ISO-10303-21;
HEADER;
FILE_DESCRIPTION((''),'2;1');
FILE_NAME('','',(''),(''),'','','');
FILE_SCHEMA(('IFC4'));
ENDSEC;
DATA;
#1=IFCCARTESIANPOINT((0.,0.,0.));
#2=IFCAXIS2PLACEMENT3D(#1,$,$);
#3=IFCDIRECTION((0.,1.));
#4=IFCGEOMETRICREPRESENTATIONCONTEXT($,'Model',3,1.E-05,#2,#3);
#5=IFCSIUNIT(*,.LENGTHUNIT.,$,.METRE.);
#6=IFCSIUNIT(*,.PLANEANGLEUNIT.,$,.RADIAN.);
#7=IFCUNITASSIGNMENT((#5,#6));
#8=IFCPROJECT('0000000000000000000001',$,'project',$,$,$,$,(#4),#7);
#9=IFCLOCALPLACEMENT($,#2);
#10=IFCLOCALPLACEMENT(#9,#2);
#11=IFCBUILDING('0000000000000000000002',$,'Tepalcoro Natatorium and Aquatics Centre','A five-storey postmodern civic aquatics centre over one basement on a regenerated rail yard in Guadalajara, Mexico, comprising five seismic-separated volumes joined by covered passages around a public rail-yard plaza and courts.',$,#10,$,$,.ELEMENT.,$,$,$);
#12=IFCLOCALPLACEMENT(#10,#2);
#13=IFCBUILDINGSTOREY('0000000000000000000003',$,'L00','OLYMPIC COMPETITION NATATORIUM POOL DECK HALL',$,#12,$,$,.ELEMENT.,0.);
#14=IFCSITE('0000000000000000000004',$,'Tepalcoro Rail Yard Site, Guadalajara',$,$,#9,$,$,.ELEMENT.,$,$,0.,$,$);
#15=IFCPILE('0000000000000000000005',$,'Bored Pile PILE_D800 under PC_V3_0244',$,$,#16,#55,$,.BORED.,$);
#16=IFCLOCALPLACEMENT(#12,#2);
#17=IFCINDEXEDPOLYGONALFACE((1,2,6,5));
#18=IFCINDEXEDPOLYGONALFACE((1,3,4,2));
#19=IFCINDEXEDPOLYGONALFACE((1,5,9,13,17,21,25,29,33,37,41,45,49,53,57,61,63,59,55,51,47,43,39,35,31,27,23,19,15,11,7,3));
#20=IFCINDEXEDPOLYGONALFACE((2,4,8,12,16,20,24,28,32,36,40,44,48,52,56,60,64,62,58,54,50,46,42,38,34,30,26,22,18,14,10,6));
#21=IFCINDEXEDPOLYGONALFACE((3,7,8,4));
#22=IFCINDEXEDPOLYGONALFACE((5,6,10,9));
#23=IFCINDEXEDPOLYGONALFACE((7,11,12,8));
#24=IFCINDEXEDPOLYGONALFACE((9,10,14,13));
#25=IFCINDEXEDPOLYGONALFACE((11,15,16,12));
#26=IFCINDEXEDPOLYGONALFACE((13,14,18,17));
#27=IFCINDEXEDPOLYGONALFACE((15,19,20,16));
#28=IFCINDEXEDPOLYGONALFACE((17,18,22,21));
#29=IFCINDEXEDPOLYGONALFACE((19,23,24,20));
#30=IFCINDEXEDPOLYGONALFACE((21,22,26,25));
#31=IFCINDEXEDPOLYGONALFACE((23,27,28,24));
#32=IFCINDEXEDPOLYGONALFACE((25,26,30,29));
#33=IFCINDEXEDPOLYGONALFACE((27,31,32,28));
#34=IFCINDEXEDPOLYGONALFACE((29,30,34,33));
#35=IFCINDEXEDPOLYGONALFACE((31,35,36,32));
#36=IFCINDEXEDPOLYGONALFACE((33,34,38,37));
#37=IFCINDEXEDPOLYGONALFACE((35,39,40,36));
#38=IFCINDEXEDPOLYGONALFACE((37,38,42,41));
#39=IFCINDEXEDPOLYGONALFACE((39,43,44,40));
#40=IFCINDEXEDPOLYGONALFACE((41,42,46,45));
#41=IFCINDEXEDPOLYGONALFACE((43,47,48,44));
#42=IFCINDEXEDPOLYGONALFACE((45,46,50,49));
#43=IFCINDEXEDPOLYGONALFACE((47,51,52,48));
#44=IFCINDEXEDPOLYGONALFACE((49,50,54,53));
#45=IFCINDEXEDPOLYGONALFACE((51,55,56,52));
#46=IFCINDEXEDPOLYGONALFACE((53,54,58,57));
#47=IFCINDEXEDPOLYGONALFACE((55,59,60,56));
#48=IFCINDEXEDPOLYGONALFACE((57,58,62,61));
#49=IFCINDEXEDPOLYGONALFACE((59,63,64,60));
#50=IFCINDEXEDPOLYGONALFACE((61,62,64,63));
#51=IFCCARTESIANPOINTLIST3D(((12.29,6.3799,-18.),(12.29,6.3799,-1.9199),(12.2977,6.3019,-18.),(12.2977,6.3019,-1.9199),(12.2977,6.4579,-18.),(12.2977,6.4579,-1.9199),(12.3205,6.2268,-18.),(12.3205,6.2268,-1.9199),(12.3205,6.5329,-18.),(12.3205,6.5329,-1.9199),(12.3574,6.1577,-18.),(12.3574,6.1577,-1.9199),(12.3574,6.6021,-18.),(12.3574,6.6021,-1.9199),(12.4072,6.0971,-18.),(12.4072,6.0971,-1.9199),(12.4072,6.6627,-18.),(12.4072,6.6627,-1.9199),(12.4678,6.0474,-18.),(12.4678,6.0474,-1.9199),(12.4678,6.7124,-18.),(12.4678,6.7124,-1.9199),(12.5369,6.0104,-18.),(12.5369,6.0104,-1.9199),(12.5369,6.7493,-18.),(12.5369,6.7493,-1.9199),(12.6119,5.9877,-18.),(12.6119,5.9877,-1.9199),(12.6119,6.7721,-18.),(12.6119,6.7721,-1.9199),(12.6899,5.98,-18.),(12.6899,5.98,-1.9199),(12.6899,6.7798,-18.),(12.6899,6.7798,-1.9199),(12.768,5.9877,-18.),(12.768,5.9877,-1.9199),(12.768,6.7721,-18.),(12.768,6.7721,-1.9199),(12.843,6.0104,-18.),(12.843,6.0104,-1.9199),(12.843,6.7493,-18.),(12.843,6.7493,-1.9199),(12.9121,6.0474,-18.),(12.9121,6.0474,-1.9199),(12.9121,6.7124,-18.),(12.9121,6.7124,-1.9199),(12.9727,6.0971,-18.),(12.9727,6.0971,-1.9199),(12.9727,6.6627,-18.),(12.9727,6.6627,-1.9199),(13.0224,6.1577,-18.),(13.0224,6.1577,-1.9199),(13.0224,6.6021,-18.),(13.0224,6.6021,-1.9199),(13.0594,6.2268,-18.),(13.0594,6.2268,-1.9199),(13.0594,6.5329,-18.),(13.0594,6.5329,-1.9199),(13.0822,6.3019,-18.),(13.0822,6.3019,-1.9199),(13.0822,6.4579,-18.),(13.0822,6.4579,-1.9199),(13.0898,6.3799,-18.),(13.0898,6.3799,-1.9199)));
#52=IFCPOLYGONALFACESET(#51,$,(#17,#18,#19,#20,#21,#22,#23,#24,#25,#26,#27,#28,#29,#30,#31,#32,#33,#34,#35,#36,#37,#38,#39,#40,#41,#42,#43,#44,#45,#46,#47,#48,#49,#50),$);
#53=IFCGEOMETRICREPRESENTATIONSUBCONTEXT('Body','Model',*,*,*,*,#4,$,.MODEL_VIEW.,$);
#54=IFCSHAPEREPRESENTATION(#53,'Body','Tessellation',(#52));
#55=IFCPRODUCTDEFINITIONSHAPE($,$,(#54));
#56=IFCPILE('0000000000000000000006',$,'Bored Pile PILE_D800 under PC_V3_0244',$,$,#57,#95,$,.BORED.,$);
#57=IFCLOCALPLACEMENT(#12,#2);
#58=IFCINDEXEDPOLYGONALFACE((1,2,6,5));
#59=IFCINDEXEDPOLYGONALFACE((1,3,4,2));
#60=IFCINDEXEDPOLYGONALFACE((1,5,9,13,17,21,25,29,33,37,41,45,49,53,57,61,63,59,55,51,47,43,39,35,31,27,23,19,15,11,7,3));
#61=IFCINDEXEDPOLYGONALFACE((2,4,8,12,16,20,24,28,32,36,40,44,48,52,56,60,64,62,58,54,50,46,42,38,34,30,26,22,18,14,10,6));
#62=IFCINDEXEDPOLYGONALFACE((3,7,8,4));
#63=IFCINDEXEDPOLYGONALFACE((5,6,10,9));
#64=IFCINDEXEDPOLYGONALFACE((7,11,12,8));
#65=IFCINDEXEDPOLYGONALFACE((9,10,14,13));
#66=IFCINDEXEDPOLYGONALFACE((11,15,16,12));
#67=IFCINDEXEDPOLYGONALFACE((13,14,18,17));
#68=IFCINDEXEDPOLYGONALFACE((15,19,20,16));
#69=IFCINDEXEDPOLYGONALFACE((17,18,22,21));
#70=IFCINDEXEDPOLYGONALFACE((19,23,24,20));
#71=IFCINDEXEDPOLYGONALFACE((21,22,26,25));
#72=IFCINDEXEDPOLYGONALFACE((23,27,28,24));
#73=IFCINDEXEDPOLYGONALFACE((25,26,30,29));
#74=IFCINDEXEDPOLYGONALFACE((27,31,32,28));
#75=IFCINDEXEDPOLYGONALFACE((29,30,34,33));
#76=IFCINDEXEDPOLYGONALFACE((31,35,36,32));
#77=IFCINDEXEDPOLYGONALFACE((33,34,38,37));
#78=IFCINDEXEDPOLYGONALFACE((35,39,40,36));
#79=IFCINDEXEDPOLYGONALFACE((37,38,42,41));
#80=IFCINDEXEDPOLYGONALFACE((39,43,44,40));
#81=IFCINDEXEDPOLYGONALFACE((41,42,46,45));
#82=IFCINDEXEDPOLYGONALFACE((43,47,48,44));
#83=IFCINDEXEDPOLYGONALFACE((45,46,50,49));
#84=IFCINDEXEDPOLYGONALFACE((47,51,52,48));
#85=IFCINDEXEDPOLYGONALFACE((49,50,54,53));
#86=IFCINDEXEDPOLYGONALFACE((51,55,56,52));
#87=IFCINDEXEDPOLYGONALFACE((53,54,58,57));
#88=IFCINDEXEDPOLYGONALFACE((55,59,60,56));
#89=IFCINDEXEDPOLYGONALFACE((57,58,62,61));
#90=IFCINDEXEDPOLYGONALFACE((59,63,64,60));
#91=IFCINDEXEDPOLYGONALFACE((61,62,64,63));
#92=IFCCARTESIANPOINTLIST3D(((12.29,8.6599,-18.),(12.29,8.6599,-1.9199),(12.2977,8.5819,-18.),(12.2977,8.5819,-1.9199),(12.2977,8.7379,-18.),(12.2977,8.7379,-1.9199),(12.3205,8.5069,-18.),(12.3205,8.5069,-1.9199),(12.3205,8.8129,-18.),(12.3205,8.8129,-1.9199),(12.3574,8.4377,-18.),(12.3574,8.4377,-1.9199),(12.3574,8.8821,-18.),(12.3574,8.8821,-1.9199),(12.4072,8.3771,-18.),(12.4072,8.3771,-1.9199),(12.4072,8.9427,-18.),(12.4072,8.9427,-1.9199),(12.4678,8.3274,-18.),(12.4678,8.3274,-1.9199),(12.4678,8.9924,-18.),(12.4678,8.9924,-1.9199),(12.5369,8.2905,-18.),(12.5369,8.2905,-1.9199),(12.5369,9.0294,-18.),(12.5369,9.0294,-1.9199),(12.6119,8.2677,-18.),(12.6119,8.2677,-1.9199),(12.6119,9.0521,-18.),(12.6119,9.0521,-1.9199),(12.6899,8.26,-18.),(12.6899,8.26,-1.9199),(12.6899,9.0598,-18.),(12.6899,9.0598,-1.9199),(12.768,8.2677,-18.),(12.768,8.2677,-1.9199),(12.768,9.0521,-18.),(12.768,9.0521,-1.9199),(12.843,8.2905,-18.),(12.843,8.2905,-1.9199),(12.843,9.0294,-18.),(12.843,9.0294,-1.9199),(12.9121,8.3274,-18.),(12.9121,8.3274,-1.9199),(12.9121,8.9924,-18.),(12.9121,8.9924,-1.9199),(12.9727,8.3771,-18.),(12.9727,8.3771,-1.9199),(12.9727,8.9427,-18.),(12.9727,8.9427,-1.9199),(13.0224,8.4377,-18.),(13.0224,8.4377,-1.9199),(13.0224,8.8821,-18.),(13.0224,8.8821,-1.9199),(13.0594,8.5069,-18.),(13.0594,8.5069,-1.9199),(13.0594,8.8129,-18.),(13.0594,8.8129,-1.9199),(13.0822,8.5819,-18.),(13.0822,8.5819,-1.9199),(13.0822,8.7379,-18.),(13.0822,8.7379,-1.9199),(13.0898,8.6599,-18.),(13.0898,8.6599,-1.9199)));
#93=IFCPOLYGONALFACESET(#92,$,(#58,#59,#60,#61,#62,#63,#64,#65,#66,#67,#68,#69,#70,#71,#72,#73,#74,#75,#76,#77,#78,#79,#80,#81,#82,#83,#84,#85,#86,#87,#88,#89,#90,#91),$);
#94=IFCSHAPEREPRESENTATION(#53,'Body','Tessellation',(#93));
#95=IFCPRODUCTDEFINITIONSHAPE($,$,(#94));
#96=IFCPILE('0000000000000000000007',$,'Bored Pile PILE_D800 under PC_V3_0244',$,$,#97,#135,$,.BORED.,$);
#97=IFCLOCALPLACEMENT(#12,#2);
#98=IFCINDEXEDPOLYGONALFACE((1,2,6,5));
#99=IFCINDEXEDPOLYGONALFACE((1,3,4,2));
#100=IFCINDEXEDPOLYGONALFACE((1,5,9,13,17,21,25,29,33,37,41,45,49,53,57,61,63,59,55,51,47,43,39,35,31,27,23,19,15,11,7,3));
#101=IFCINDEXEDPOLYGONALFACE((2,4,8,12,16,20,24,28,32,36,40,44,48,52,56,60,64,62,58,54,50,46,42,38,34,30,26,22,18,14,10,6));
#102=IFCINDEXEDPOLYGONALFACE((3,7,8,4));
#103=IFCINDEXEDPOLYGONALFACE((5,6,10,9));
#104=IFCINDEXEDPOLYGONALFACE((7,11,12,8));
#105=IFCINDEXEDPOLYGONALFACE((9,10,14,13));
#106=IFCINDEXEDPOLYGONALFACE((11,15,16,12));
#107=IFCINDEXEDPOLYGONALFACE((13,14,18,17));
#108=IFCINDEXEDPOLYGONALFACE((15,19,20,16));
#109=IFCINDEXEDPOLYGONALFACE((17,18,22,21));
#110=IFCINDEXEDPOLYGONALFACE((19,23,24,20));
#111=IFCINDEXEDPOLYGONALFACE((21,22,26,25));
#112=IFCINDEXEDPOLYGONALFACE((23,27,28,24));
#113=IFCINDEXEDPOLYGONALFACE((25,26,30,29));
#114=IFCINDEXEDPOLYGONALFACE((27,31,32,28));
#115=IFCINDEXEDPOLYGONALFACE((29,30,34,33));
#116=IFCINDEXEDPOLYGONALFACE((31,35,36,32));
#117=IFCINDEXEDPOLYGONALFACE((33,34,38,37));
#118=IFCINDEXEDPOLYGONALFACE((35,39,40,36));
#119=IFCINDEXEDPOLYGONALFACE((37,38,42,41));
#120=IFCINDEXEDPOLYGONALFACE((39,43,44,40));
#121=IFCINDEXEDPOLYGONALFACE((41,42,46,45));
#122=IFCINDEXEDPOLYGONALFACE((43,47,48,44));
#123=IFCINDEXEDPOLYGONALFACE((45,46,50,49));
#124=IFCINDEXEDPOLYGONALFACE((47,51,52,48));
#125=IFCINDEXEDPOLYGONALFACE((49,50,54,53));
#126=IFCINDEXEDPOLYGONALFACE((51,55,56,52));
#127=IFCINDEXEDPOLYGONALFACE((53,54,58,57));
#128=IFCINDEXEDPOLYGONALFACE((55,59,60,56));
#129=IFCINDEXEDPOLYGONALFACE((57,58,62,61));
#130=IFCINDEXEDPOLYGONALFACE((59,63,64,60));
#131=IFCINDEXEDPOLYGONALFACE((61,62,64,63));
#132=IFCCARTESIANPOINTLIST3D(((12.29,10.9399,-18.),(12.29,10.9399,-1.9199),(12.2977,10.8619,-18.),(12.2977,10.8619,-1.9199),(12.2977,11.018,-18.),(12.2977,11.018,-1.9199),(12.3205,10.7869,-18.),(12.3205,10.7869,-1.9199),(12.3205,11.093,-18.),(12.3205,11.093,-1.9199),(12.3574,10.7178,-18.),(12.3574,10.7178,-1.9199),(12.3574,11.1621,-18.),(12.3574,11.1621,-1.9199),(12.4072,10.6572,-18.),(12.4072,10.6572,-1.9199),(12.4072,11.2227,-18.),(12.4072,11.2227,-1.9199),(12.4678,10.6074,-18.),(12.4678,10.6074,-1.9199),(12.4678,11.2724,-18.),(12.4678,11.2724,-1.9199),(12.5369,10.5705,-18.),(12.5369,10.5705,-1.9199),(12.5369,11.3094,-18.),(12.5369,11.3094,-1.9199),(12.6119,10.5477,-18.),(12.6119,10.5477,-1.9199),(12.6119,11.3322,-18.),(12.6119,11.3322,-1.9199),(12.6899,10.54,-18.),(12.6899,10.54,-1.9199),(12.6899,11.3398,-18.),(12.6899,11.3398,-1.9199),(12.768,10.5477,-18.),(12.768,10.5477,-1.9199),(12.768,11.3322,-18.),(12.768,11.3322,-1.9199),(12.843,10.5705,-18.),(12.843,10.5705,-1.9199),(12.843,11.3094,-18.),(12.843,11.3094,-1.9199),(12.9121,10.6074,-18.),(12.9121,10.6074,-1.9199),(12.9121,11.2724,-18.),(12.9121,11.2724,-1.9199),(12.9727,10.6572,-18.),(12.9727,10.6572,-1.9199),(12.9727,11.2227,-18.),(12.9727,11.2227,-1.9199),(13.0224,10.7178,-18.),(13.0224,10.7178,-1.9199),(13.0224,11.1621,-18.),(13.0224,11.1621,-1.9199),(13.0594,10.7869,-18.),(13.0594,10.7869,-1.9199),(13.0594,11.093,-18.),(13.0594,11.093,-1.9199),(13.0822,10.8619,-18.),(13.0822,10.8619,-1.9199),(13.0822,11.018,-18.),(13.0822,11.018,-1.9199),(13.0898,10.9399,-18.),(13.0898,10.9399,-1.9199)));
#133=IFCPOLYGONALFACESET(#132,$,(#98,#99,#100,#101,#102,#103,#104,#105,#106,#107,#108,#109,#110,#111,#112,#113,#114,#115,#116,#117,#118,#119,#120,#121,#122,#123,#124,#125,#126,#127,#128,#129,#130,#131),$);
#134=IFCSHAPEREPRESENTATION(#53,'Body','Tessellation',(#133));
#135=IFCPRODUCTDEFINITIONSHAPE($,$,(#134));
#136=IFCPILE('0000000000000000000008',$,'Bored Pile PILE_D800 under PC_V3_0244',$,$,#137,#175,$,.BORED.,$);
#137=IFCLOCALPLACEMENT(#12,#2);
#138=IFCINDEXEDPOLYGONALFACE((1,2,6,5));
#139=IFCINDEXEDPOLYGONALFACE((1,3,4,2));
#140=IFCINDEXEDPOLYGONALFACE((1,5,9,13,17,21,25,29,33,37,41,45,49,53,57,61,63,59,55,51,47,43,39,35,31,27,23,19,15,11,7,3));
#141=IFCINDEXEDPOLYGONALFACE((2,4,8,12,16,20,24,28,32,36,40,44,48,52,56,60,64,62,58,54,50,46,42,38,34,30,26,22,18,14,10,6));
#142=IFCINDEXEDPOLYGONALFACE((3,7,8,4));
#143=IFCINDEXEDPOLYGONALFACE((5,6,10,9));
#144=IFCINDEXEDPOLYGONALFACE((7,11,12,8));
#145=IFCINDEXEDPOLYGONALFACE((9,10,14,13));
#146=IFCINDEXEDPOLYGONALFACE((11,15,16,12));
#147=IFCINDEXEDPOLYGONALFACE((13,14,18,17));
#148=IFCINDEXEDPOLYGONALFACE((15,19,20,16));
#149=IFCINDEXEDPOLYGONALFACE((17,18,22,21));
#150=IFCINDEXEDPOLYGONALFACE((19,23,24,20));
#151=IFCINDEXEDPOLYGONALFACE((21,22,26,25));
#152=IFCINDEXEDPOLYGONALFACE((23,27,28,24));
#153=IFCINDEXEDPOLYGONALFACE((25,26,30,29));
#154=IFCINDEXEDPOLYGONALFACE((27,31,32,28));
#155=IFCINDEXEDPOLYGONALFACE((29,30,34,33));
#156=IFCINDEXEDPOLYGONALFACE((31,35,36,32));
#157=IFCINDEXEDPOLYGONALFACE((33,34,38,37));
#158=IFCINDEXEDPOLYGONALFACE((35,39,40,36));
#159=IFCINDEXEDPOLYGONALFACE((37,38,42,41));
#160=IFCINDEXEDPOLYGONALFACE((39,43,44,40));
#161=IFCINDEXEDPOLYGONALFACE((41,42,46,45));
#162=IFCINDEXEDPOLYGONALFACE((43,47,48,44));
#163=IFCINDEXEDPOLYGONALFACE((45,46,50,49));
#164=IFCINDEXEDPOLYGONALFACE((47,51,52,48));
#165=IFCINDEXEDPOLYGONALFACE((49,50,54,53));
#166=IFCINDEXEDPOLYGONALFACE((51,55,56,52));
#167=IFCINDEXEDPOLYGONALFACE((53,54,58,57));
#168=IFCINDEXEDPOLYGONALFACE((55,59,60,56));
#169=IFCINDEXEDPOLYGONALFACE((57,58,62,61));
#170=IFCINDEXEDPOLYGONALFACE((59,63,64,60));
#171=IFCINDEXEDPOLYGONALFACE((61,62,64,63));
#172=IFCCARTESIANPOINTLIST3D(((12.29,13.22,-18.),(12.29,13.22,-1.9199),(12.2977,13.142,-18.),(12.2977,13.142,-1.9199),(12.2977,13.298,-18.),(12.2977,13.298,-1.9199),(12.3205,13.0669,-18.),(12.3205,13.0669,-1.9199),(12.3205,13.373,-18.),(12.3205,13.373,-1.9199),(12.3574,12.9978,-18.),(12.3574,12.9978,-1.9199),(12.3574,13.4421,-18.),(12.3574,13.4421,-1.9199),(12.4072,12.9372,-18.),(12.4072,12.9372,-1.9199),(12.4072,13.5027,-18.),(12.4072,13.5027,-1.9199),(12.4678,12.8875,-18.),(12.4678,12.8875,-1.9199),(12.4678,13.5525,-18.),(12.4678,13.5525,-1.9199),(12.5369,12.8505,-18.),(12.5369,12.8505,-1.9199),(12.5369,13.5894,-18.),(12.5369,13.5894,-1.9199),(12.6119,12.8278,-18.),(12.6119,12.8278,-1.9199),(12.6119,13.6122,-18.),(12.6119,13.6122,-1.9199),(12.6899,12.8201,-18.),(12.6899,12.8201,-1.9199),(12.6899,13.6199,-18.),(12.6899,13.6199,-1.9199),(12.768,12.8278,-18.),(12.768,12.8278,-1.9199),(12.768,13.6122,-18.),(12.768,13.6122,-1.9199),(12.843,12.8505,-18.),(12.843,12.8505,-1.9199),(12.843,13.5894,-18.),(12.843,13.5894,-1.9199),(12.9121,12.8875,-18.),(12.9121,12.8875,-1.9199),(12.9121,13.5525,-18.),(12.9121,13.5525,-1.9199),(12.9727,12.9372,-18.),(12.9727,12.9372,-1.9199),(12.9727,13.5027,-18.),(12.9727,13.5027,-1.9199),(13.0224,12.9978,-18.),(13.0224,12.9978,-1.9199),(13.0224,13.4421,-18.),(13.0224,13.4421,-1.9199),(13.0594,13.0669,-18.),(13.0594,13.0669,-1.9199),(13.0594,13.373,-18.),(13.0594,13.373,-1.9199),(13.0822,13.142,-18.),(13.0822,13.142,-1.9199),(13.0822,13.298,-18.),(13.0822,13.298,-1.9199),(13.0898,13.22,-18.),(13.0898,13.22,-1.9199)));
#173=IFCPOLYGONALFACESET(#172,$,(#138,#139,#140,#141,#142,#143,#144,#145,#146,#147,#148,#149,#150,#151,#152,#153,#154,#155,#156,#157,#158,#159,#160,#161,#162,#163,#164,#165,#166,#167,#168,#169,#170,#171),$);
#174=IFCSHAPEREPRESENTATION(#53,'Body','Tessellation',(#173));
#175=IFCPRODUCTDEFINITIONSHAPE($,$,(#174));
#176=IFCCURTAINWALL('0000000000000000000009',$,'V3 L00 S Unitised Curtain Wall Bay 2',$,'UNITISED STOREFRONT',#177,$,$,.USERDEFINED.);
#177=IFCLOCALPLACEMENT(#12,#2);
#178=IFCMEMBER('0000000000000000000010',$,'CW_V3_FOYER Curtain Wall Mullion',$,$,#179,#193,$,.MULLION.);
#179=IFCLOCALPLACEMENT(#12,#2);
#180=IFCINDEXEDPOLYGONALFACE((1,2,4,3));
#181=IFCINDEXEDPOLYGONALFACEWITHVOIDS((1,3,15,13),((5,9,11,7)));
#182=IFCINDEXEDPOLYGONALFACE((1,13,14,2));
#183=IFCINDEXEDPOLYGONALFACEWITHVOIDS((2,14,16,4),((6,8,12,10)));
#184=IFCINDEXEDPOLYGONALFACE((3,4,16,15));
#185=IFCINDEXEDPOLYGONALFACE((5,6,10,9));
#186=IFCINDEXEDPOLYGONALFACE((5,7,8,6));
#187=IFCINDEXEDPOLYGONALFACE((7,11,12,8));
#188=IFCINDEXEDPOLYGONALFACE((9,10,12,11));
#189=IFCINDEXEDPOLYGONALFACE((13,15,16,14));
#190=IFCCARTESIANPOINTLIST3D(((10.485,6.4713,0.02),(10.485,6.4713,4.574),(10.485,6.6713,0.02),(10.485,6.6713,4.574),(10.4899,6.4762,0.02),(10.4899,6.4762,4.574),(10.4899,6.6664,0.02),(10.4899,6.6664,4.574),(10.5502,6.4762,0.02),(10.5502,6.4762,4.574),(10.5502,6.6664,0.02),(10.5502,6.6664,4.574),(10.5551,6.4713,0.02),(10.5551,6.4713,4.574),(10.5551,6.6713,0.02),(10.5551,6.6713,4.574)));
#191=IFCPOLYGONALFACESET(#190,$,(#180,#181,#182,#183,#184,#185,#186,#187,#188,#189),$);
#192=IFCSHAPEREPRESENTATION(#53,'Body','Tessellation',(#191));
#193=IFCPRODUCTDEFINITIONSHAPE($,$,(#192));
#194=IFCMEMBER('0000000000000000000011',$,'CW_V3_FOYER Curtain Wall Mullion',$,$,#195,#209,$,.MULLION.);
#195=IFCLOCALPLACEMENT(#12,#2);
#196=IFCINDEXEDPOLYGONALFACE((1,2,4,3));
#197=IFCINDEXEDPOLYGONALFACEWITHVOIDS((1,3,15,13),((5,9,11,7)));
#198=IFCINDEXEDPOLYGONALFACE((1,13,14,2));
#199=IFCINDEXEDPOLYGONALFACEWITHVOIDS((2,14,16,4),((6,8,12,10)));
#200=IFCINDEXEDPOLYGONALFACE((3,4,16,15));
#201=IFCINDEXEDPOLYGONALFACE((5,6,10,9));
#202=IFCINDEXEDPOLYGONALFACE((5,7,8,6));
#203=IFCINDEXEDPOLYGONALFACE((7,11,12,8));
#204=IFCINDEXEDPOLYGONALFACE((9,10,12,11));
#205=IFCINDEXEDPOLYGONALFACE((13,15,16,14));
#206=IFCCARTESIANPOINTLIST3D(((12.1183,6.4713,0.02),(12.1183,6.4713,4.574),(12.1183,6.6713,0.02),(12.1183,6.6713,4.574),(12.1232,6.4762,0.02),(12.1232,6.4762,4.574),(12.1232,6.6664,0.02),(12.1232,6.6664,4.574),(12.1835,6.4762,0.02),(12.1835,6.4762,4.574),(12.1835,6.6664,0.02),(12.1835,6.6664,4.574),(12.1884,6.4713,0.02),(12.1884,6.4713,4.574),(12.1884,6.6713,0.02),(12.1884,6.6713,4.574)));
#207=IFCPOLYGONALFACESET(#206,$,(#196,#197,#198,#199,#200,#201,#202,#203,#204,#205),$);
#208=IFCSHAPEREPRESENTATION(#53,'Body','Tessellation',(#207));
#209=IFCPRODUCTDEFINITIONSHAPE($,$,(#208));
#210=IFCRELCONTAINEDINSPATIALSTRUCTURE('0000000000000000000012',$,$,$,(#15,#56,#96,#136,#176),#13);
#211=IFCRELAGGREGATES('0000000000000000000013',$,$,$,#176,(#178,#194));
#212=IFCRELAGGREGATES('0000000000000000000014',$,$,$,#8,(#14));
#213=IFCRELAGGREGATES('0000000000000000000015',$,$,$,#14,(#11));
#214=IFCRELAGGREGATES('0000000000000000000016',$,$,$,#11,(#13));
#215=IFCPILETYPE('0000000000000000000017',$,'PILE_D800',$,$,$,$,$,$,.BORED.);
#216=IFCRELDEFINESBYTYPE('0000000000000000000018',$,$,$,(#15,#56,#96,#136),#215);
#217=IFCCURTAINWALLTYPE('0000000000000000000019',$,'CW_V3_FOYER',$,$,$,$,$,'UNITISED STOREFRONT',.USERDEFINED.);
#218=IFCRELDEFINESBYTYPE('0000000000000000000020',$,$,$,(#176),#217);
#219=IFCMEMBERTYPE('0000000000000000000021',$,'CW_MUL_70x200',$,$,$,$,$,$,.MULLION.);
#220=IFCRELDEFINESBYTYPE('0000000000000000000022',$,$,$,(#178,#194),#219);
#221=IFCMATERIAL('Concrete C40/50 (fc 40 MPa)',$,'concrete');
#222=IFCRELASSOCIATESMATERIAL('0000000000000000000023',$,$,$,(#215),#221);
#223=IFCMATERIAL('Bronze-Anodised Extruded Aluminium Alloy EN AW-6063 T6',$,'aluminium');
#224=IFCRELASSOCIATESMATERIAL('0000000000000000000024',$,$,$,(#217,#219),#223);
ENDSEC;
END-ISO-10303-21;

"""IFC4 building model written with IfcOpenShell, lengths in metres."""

from ifc_helpers import new_model, si_unit, direction, frame, origin, origin_2d, place, context, subcontext, project, spatial, hollow_rectangle, circle, extrude, material, material_profile, profile_set, type_object, element, aggregate, save


model = new_model("IFC4")

# Units and contexts
model_context = context("Model", 3, precision=1e-05, world=origin(), true_north=direction((0.0, 1.0)))
body_context = subcontext(model_context, "Body", "Model", "MODEL_VIEW")
ifc_project = project(units=[si_unit("LENGTHUNIT", "METRE"), si_unit("PLANEANGLEUNIT", "RADIAN")], contexts=[model_context])

# Site, building, storey
site_placement = place(None, origin())
site = spatial("IfcSite", under=ifc_project, at=site_placement, Name="Tepalcoro Rail Yard Site, Guadalajara", CompositionType="ELEMENT", RefElevation=0.0)
building_placement = place(site_placement, origin())
building = spatial("IfcBuilding", under=site, at=building_placement, Name="Tepalcoro Natatorium and Aquatics Centre", Description="A five-storey postmodern civic aquatics centre over one basement on a regenerated rail yard in Guadalajara, Mexico, comprising five seismic-separated volumes joined by covered passages around a public rail-yard plaza and courts.", CompositionType="ELEMENT")
storey_placement = place(building_placement, origin())
storey = spatial("IfcBuildingStorey", under=building, at=storey_placement, Name="L00", Description="OLYMPIC COMPETITION NATATORIUM POOL DECK HALL", CompositionType="ELEMENT", Elevation=0.0)

# Piles
ifc_material_1 = material(Name="Concrete C40/50 (fc 40 MPa)", Category="concrete")
ifc_material_profile_1 = material_profile(ifc_material_1, circle(Radius=0.3999, at=origin_2d()), Name="PILE_D800")
ifc_profile_set_1 = profile_set([ifc_material_profile_1], Name="Concrete C40/50 (fc 40 MPa)")
pile_type = type_object("IfcPileType", Name="PILE_D800", PredefinedType="BORED", material=ifc_profile_set_1)
for number, where, z_axis, x_axis, name in (
    (1, (12.6899, 6.3799, -1.9199), (0.0, 0.0, -1.0), (1.0, 0.0, 0.0), "Bored Pile PILE_D800 under PC_V3_0244"),
    (2, (12.6899, 8.6599, -1.9199), (0.0, 0.0, -1.0), (1.0, 0.0, 0.0), "Bored Pile PILE_D800 under PC_V3_0244"),
    (3, (12.6899, 10.9399, -1.9199), (0.0, 0.0, -1.0), (1.0, 0.0, 0.0), "Bored Pile PILE_D800 under PC_V3_0244"),
    (4, (12.6899, 13.22, -1.9199), (0.0, 0.0, -1.0), (1.0, 0.0, 0.0), "Bored Pile PILE_D800 under PC_V3_0244"),
):
    element("IfcPile", number, at=place(storey_placement, frame(where, z_axis=z_axis, x_axis=x_axis)), inside=storey, type_object=pile_type, Name=name, PredefinedType="BORED", context=body_context, shape_type="SweptSolid", body=[
        extrude(circle(Radius=0.3999, at=origin_2d()), origin(), (0.0, 0.0, 1.0), 16.0801),
    ])

# Curtain wall, members
ifc_material_2 = material(Name="Bronze-Anodised Extruded Aluminium Alloy EN AW-6063 T6", Category="aluminium")
curtain_wall_type = type_object("IfcCurtainWallType", Name="CW_V3_FOYER", ElementType="UNITISED STOREFRONT", PredefinedType="USERDEFINED", material=ifc_material_2)
curtain_wall_placement = place(storey_placement, origin())
curtain_wall = element("IfcCurtainWall", 5, at=curtain_wall_placement, inside=storey, type_object=curtain_wall_type, Name="V3 L00 S Unitised Curtain Wall Bay 2", ObjectType="UNITISED STOREFRONT", PredefinedType="USERDEFINED")
ifc_material_profile_2 = material_profile(ifc_material_2, hollow_rectangle(XDim=0.0701, YDim=0.2, WallThickness=0.0049, at=origin_2d()), Name="AL70X200X5")
ifc_profile_set_2 = profile_set([ifc_material_profile_2], Name="Bronze-Anodised Extruded Aluminium Alloy EN AW-6063 T6")
member_type_1 = type_object("IfcMemberType", Name="CW_MUL_70x200", PredefinedType="MULLION", material=ifc_profile_set_2)
member_1_placement = place(storey_placement, frame((10.52, 6.5713, 0.02), z_axis=(0.0, 0.0, 1.0), x_axis=(1.0, 0.0, 0.0)))
member_1 = element("IfcMember", 6, at=member_1_placement, type_object=member_type_1, Name="CW_V3_FOYER Curtain Wall Mullion", PredefinedType="MULLION", context=body_context, shape_type="SweptSolid", body=[
    extrude(hollow_rectangle(XDim=0.0701, YDim=0.2, WallThickness=0.0049, at=origin_2d()), origin(), (0.0, 0.0, 1.0), 4.554),
])
member_2_placement = place(storey_placement, frame((12.1533, 6.5713, 0.02), z_axis=(0.0, 0.0, 1.0), x_axis=(1.0, 0.0, 0.0)))
member_2 = element("IfcMember", 7, at=member_2_placement, type_object=member_type_1, Name="CW_V3_FOYER Curtain Wall Mullion", PredefinedType="MULLION", context=body_context, shape_type="SweptSolid", body=[
    extrude(hollow_rectangle(XDim=0.0701, YDim=0.2, WallThickness=0.0049, at=origin_2d()), origin(), (0.0, 0.0, 1.0), 4.554),
])

aggregate(curtain_wall, [member_1, member_2])

save(model, "model.ifc")
